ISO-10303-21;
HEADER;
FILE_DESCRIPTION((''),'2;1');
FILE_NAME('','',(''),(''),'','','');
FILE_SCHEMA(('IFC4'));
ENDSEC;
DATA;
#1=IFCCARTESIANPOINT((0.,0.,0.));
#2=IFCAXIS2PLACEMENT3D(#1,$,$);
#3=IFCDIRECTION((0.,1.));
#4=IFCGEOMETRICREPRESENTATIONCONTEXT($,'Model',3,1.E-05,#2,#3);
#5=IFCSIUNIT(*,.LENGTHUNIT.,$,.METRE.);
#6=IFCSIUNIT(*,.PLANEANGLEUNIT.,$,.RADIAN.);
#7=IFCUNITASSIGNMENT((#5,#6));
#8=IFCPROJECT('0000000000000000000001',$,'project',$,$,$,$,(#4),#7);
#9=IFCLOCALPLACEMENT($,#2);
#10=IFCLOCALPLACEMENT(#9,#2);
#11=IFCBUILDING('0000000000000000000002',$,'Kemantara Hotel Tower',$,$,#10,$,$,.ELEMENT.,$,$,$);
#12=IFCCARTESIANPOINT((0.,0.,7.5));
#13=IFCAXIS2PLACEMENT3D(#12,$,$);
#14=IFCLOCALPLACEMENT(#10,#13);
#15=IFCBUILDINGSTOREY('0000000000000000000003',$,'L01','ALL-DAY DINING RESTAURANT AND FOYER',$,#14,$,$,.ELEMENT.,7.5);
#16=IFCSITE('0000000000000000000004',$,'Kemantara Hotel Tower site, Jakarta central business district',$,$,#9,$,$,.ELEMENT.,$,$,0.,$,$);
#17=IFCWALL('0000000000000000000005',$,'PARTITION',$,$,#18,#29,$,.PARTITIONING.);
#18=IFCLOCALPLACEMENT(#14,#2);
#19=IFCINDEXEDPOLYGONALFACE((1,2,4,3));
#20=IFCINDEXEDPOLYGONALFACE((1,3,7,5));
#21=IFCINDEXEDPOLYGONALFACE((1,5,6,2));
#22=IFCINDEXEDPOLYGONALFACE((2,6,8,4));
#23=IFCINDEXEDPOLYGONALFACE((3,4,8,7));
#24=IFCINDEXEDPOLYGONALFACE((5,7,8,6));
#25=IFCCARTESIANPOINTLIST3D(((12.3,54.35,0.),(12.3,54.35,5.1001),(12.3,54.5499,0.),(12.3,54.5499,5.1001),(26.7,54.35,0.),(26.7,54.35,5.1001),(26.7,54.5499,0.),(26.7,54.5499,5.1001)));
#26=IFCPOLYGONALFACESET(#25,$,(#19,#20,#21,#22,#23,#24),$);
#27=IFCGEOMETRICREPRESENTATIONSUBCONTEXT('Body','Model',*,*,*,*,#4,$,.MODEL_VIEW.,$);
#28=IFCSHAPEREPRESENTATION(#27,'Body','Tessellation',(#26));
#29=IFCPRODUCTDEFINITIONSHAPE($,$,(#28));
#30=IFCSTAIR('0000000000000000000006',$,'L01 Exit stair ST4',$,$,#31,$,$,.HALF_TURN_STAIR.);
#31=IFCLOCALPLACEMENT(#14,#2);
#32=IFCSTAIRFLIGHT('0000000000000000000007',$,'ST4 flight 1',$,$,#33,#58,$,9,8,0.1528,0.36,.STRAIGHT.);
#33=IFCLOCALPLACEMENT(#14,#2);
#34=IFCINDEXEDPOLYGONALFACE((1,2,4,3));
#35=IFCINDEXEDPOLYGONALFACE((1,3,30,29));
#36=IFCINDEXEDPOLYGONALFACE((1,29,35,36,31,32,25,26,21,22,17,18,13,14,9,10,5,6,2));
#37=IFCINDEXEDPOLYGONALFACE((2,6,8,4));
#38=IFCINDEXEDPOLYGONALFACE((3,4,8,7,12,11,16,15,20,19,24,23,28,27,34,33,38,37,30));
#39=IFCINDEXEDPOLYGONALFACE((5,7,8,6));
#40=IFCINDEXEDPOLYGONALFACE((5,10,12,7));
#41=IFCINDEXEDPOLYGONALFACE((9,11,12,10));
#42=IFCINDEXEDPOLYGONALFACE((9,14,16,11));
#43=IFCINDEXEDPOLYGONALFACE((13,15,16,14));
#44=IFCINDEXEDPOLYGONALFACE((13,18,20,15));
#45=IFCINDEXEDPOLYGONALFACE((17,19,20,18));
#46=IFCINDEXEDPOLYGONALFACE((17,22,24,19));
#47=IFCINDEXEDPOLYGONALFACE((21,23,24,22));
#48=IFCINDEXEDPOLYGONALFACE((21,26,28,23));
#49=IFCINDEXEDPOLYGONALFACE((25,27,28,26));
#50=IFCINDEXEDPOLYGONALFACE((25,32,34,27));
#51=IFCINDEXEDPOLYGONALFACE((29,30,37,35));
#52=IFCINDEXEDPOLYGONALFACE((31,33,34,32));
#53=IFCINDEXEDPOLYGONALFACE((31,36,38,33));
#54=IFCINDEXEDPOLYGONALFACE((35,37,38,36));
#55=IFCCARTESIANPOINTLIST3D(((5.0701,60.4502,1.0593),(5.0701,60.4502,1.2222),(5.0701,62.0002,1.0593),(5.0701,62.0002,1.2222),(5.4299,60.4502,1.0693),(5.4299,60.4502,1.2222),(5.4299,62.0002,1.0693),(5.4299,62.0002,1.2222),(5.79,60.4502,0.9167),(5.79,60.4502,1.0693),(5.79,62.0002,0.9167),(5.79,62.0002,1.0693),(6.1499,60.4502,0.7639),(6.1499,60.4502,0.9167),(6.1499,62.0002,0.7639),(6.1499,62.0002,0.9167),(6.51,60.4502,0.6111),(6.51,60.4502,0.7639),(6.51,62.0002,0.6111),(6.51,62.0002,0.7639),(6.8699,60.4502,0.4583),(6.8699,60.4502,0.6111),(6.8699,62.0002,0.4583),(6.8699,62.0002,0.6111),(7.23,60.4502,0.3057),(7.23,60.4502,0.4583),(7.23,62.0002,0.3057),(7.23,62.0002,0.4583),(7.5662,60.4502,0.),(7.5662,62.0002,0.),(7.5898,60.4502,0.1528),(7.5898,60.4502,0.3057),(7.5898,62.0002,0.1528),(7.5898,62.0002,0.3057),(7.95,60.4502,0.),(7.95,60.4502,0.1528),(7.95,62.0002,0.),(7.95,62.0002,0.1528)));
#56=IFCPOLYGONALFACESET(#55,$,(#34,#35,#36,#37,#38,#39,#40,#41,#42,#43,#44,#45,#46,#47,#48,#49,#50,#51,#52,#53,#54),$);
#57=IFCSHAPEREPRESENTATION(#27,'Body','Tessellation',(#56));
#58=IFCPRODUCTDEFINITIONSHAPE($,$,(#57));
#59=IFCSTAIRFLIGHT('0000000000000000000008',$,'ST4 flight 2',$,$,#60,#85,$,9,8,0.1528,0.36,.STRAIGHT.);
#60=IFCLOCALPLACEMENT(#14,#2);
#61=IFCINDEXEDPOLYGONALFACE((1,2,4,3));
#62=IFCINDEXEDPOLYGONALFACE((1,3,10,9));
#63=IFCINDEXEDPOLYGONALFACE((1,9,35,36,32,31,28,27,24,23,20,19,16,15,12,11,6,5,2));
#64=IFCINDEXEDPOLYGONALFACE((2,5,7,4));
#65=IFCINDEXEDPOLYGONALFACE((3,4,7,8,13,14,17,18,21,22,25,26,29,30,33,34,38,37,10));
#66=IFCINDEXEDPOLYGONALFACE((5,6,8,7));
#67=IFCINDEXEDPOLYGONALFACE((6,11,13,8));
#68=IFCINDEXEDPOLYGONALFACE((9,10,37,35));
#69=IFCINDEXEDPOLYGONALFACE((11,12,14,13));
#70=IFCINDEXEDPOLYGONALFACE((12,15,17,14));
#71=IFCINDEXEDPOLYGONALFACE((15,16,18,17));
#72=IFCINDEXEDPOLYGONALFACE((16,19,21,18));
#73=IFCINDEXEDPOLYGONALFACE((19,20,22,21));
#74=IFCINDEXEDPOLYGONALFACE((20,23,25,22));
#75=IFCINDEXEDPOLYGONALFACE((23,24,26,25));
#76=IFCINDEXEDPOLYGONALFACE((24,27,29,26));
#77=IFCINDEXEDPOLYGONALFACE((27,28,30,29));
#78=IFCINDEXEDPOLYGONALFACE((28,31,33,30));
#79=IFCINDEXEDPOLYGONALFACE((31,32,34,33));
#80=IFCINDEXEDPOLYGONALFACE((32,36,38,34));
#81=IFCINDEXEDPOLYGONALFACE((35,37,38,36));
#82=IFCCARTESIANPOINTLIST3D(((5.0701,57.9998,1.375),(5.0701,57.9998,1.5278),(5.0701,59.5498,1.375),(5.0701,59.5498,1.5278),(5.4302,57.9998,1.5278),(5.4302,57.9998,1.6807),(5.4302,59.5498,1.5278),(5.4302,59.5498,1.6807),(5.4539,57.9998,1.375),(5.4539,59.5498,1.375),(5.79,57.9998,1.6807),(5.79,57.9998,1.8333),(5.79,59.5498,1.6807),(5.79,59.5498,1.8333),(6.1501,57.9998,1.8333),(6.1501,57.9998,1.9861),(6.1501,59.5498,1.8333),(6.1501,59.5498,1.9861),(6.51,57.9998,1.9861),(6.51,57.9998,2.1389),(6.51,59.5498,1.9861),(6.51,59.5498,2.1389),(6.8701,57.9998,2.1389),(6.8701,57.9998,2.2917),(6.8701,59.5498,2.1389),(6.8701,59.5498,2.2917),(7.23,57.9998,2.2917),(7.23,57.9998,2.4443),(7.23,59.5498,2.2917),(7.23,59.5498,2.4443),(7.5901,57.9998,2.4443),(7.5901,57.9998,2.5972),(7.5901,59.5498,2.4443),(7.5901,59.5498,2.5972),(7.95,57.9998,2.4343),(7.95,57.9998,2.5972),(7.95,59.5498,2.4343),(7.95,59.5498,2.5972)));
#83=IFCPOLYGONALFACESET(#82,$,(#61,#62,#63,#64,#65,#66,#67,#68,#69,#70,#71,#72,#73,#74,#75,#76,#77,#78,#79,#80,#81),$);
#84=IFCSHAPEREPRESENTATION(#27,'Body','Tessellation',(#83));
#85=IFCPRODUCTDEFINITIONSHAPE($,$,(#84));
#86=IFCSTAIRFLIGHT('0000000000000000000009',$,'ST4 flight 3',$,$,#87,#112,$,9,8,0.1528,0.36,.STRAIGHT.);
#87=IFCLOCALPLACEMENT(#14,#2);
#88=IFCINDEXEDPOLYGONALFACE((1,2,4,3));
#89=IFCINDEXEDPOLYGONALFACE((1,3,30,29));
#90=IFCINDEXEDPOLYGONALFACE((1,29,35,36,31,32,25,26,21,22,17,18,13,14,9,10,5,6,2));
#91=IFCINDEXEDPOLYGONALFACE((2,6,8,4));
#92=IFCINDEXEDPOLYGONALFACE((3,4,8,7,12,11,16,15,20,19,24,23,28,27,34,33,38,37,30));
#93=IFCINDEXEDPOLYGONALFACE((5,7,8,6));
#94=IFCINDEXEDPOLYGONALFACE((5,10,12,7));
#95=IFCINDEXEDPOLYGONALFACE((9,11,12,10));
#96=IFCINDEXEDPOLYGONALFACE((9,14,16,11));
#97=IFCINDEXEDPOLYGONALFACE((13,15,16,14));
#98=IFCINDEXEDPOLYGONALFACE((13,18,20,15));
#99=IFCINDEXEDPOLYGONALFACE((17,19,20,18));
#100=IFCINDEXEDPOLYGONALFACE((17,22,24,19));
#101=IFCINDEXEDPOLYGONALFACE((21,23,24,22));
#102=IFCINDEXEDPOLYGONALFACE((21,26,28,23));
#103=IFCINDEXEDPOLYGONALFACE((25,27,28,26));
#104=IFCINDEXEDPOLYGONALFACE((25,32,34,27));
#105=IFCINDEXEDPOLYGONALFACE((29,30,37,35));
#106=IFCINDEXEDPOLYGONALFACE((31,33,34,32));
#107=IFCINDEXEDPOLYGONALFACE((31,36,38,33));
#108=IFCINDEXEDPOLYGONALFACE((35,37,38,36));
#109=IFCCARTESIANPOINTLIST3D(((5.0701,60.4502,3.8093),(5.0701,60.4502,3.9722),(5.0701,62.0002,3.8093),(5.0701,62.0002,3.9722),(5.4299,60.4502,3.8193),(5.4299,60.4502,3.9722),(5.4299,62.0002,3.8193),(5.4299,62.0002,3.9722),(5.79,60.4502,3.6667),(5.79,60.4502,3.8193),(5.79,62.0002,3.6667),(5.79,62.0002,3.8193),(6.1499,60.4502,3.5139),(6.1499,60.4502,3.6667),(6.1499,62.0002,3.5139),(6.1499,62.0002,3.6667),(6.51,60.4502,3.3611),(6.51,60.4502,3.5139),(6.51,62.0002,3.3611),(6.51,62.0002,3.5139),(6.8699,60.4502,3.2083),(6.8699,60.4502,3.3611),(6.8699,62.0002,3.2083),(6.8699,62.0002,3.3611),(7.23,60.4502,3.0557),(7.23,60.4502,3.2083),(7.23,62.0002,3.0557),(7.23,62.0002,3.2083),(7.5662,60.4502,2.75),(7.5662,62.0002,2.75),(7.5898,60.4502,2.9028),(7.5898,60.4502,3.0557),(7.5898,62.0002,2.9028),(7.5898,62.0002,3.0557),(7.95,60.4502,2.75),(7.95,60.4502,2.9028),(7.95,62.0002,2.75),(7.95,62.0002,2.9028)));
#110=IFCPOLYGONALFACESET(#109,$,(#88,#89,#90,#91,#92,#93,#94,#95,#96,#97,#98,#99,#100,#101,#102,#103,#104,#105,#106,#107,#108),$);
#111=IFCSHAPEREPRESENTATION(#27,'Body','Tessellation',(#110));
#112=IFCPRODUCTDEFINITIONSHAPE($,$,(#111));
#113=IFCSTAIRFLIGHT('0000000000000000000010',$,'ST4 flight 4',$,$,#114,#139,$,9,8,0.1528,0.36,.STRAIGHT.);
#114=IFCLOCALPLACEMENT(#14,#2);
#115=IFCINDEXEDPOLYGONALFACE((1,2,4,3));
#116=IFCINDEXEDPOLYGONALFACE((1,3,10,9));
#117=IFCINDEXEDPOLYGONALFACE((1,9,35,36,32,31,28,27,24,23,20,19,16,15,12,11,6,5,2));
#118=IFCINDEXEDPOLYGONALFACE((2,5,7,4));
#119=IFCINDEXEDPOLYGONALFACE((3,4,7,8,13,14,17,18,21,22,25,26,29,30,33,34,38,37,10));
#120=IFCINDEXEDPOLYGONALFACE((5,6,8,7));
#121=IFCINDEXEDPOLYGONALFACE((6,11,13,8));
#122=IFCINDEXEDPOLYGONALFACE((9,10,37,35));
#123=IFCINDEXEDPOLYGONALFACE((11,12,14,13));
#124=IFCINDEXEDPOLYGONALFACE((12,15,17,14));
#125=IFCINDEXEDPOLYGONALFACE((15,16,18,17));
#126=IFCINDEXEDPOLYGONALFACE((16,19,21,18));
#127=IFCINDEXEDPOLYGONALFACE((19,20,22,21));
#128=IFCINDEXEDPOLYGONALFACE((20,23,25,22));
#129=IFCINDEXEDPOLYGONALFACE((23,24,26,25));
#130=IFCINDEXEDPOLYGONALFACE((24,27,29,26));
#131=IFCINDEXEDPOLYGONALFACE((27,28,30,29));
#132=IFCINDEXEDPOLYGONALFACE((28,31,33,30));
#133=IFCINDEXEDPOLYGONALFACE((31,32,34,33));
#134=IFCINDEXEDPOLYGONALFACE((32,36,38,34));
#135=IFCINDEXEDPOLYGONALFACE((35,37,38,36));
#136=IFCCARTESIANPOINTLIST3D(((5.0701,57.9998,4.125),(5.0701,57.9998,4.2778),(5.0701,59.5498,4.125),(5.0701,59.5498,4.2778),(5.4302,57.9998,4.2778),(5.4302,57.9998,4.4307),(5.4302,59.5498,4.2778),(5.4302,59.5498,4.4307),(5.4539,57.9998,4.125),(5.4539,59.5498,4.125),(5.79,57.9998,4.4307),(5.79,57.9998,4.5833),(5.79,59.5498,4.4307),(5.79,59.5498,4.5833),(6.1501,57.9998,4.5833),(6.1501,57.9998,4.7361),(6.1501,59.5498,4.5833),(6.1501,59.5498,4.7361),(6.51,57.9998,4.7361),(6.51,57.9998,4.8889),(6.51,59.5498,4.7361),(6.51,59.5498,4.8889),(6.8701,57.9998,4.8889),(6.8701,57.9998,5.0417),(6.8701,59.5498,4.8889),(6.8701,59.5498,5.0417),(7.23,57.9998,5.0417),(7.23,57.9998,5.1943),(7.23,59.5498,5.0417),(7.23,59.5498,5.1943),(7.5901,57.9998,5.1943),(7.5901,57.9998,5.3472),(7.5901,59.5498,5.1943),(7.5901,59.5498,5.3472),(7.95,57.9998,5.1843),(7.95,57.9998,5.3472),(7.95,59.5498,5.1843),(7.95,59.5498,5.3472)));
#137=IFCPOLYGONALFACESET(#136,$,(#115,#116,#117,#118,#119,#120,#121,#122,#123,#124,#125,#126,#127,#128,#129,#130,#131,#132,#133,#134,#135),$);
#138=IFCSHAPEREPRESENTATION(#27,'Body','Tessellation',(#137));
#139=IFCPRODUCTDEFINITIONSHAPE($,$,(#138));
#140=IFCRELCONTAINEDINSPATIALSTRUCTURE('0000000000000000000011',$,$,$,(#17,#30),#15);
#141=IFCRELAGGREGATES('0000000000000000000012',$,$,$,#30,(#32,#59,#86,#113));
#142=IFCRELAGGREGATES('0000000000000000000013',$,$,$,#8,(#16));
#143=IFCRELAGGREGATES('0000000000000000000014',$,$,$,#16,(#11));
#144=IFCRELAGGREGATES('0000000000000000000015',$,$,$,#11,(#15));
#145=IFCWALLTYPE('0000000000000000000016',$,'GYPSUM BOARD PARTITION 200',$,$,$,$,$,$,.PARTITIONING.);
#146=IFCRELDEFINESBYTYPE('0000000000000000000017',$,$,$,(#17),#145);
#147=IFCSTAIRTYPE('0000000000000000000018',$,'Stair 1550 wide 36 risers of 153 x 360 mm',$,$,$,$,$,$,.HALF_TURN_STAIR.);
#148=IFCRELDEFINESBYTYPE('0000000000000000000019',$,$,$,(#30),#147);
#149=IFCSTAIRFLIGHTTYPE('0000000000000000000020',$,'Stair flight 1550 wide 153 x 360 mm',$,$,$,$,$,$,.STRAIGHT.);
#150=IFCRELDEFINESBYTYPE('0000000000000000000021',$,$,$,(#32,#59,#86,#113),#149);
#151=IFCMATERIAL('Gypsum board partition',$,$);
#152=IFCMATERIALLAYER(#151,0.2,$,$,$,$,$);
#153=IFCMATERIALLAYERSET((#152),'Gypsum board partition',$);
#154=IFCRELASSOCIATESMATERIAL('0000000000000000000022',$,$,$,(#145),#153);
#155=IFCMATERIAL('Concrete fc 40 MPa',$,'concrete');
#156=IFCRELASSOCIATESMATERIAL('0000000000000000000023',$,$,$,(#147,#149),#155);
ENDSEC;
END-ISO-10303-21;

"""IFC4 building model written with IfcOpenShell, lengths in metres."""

from ifc_helpers import new_model, si_unit, direction, frame, frame_2d, origin, place, context, subcontext, project, spatial, polyline, rectangle, outline, extrude, material, layer, layer_set, type_object, element, aggregate, save


model = new_model("IFC4")

# Units and contexts
model_context = context("Model", 3, precision=1e-05, world=origin(), true_north=direction((0.0, 1.0)))
body_context = subcontext(model_context, "Body", "Model", "MODEL_VIEW")
ifc_project = project(units=[si_unit("LENGTHUNIT", "METRE"), si_unit("PLANEANGLEUNIT", "RADIAN")], contexts=[model_context])

# Site, building, storey
site_placement = place(None, origin())
site = spatial("IfcSite", under=ifc_project, at=site_placement, Name="Kemantara Hotel Tower site, Jakarta central business district", CompositionType="ELEMENT", RefElevation=0.0)
building_placement = place(site_placement, origin())
building = spatial("IfcBuilding", under=site, at=building_placement, Name="Kemantara Hotel Tower", CompositionType="ELEMENT")
storey_placement = place(building_placement, frame((0.0, 0.0, 7.5)))
storey = spatial("IfcBuildingStorey", under=building, at=storey_placement, Name="L01", Description="ALL-DAY DINING RESTAURANT AND FOYER", CompositionType="ELEMENT", Elevation=7.5)

# Shared definitions
ifc_material_1 = material(Name="Concrete fc 40 MPa", Category="concrete")

# Shared definitions
ifc_material_2 = material(Name="Gypsum board partition")
ifc_layer_1 = layer(ifc_material_2, 0.2)
ifc_layer_set_1 = layer_set([ifc_layer_1], Name="Gypsum board partition")
wall_type_1 = type_object("IfcWallType", Name="GYPSUM BOARD PARTITION 200", PredefinedType="PARTITIONING", material=ifc_layer_set_1)

# Wall
wall_1_placement = place(storey_placement, frame((12.3, 54.45, 0.0), z_axis=(0.0, 0.0, 1.0), x_axis=(1.0, 0.0, 0.0)))
element("IfcWall", 1, at=wall_1_placement, inside=storey, type_object=wall_type_1, Name="PARTITION", PredefinedType="PARTITIONING", context=body_context, shape_type="SweptSolid", body=[
    extrude(rectangle(XDim=14.3999, YDim=0.2, at=frame_2d((7.2, 0.0))), origin(), (0.0, 0.0, 1.0), 5.1001),
])

# Stair, stair flights
stair_type = type_object("IfcStairType", Name="Stair 1550 wide 36 risers of 153 x 360 mm", PredefinedType="HALF_TURN_STAIR", material=ifc_material_1)
stair_placement = place(storey_placement, origin())
stair = element("IfcStair", 2, at=stair_placement, inside=storey, type_object=stair_type, Name="L01 Exit stair ST4", PredefinedType="HALF_TURN_STAIR")
stair_flight_type = type_object("IfcStairFlightType", Name="Stair flight 1550 wide 153 x 360 mm", PredefinedType="STRAIGHT", material=ifc_material_1)
stair_flight_1_placement = place(storey_placement, frame((7.95, 61.2251, 0.0), z_axis=(0.0, 0.0, 1.0), x_axis=(-1.0, 0.0, 0.0)))
stair_flight_1 = element("IfcStairFlight", 3, at=stair_flight_1_placement, type_object=stair_flight_type, Name="ST4 flight 1", NumberOfRisers=9, NumberOfTreads=8, PredefinedType="STRAIGHT", RiserHeight=0.1528, TreadLength=0.36, context=body_context, shape_type="SweptSolid", body=[
    extrude(outline(polyline([(0.0, 0.0), (0.0, 0.1528), (0.3601, 0.1528), (0.3601, 0.3057), (0.72, 0.3057), (0.72, 0.4583), (1.0801, 0.4583), (1.0801, 0.6111), (1.4399, 0.6111), (1.4399, 0.7639), (1.8, 0.7639), (1.8, 0.9167), (2.1599, 0.9167), (2.1599, 1.0693), (2.52, 1.0693), (2.52, 1.2222), (2.8799, 1.2222), (2.8799, 1.375), (2.8799, 1.0593), (0.3838, 0.0), (0.0, 0.0)])), frame((0.0, 0.7749, 0.0), z_axis=(0.0, -1.0, 0.0), x_axis=(1.0, 0.0, 0.0)), (0.0, 0.0, 1.0), 1.55),
])
stair_flight_2_placement = place(storey_placement, frame((5.0701, 58.7749, 1.375), z_axis=(0.0, 0.0, 1.0), x_axis=(1.0, 0.0, 0.0)))
stair_flight_2 = element("IfcStairFlight", 4, at=stair_flight_2_placement, type_object=stair_flight_type, Name="ST4 flight 2", NumberOfRisers=9, NumberOfTreads=8, PredefinedType="STRAIGHT", RiserHeight=0.1528, TreadLength=0.36, context=body_context, shape_type="SweptSolid", body=[
    extrude(outline(polyline([(0.0, 0.0), (0.0, 0.1528), (0.3601, 0.1528), (0.3601, 0.3057), (0.72, 0.3057), (0.72, 0.4583), (1.0801, 0.4583), (1.0801, 0.6111), (1.4399, 0.6111), (1.4399, 0.7639), (1.8, 0.7639), (1.8, 0.9167), (2.1599, 0.9167), (2.1599, 1.0693), (2.52, 1.0693), (2.52, 1.2222), (2.8799, 1.2222), (2.8799, 1.375), (2.8799, 1.0593), (0.3838, 0.0), (0.0, 0.0)])), frame((0.0, 0.7749, 0.0), z_axis=(0.0, -1.0, 0.0), x_axis=(1.0, 0.0, 0.0)), (0.0, 0.0, 1.0), 1.55),
])
stair_flight_3_placement = place(storey_placement, frame((7.95, 61.2251, 2.75), z_axis=(0.0, 0.0, 1.0), x_axis=(-1.0, 0.0, 0.0)))
stair_flight_3 = element("IfcStairFlight", 5, at=stair_flight_3_placement, type_object=stair_flight_type, Name="ST4 flight 3", NumberOfRisers=9, NumberOfTreads=8, PredefinedType="STRAIGHT", RiserHeight=0.1528, TreadLength=0.36, context=body_context, shape_type="SweptSolid", body=[
    extrude(outline(polyline([(0.0, 0.0), (0.0, 0.1528), (0.3601, 0.1528), (0.3601, 0.3057), (0.72, 0.3057), (0.72, 0.4583), (1.0801, 0.4583), (1.0801, 0.6111), (1.4399, 0.6111), (1.4399, 0.7639), (1.8, 0.7639), (1.8, 0.9167), (2.1599, 0.9167), (2.1599, 1.0693), (2.52, 1.0693), (2.52, 1.2222), (2.8799, 1.2222), (2.8799, 1.375), (2.8799, 1.0593), (0.3838, 0.0), (0.0, 0.0)])), frame((0.0, 0.7749, 0.0), z_axis=(0.0, -1.0, 0.0), x_axis=(1.0, 0.0, 0.0)), (0.0, 0.0, 1.0), 1.55),
])
stair_flight_4_placement = place(storey_placement, frame((5.0701, 58.7749, 4.125), z_axis=(0.0, 0.0, 1.0), x_axis=(1.0, 0.0, 0.0)))
stair_flight_4 = element("IfcStairFlight", 6, at=stair_flight_4_placement, type_object=stair_flight_type, Name="ST4 flight 4", NumberOfRisers=9, NumberOfTreads=8, PredefinedType="STRAIGHT", RiserHeight=0.1528, TreadLength=0.36, context=body_context, shape_type="SweptSolid", body=[
    extrude(outline(polyline([(0.0, 0.0), (0.0, 0.1528), (0.3601, 0.1528), (0.3601, 0.3057), (0.72, 0.3057), (0.72, 0.4583), (1.0801, 0.4583), (1.0801, 0.6111), (1.4399, 0.6111), (1.4399, 0.7639), (1.8, 0.7639), (1.8, 0.9167), (2.1599, 0.9167), (2.1599, 1.0693), (2.52, 1.0693), (2.52, 1.2222), (2.8799, 1.2222), (2.8799, 1.375), (2.8799, 1.0593), (0.3838, 0.0), (0.0, 0.0)])), frame((0.0, 0.7749, 0.0), z_axis=(0.0, -1.0, 0.0), x_axis=(1.0, 0.0, 0.0)), (0.0, 0.0, 1.0), 1.55),
])
aggregate(stair, [stair_flight_1, stair_flight_2, stair_flight_3, stair_flight_4])

save(model, "model.ifc")
